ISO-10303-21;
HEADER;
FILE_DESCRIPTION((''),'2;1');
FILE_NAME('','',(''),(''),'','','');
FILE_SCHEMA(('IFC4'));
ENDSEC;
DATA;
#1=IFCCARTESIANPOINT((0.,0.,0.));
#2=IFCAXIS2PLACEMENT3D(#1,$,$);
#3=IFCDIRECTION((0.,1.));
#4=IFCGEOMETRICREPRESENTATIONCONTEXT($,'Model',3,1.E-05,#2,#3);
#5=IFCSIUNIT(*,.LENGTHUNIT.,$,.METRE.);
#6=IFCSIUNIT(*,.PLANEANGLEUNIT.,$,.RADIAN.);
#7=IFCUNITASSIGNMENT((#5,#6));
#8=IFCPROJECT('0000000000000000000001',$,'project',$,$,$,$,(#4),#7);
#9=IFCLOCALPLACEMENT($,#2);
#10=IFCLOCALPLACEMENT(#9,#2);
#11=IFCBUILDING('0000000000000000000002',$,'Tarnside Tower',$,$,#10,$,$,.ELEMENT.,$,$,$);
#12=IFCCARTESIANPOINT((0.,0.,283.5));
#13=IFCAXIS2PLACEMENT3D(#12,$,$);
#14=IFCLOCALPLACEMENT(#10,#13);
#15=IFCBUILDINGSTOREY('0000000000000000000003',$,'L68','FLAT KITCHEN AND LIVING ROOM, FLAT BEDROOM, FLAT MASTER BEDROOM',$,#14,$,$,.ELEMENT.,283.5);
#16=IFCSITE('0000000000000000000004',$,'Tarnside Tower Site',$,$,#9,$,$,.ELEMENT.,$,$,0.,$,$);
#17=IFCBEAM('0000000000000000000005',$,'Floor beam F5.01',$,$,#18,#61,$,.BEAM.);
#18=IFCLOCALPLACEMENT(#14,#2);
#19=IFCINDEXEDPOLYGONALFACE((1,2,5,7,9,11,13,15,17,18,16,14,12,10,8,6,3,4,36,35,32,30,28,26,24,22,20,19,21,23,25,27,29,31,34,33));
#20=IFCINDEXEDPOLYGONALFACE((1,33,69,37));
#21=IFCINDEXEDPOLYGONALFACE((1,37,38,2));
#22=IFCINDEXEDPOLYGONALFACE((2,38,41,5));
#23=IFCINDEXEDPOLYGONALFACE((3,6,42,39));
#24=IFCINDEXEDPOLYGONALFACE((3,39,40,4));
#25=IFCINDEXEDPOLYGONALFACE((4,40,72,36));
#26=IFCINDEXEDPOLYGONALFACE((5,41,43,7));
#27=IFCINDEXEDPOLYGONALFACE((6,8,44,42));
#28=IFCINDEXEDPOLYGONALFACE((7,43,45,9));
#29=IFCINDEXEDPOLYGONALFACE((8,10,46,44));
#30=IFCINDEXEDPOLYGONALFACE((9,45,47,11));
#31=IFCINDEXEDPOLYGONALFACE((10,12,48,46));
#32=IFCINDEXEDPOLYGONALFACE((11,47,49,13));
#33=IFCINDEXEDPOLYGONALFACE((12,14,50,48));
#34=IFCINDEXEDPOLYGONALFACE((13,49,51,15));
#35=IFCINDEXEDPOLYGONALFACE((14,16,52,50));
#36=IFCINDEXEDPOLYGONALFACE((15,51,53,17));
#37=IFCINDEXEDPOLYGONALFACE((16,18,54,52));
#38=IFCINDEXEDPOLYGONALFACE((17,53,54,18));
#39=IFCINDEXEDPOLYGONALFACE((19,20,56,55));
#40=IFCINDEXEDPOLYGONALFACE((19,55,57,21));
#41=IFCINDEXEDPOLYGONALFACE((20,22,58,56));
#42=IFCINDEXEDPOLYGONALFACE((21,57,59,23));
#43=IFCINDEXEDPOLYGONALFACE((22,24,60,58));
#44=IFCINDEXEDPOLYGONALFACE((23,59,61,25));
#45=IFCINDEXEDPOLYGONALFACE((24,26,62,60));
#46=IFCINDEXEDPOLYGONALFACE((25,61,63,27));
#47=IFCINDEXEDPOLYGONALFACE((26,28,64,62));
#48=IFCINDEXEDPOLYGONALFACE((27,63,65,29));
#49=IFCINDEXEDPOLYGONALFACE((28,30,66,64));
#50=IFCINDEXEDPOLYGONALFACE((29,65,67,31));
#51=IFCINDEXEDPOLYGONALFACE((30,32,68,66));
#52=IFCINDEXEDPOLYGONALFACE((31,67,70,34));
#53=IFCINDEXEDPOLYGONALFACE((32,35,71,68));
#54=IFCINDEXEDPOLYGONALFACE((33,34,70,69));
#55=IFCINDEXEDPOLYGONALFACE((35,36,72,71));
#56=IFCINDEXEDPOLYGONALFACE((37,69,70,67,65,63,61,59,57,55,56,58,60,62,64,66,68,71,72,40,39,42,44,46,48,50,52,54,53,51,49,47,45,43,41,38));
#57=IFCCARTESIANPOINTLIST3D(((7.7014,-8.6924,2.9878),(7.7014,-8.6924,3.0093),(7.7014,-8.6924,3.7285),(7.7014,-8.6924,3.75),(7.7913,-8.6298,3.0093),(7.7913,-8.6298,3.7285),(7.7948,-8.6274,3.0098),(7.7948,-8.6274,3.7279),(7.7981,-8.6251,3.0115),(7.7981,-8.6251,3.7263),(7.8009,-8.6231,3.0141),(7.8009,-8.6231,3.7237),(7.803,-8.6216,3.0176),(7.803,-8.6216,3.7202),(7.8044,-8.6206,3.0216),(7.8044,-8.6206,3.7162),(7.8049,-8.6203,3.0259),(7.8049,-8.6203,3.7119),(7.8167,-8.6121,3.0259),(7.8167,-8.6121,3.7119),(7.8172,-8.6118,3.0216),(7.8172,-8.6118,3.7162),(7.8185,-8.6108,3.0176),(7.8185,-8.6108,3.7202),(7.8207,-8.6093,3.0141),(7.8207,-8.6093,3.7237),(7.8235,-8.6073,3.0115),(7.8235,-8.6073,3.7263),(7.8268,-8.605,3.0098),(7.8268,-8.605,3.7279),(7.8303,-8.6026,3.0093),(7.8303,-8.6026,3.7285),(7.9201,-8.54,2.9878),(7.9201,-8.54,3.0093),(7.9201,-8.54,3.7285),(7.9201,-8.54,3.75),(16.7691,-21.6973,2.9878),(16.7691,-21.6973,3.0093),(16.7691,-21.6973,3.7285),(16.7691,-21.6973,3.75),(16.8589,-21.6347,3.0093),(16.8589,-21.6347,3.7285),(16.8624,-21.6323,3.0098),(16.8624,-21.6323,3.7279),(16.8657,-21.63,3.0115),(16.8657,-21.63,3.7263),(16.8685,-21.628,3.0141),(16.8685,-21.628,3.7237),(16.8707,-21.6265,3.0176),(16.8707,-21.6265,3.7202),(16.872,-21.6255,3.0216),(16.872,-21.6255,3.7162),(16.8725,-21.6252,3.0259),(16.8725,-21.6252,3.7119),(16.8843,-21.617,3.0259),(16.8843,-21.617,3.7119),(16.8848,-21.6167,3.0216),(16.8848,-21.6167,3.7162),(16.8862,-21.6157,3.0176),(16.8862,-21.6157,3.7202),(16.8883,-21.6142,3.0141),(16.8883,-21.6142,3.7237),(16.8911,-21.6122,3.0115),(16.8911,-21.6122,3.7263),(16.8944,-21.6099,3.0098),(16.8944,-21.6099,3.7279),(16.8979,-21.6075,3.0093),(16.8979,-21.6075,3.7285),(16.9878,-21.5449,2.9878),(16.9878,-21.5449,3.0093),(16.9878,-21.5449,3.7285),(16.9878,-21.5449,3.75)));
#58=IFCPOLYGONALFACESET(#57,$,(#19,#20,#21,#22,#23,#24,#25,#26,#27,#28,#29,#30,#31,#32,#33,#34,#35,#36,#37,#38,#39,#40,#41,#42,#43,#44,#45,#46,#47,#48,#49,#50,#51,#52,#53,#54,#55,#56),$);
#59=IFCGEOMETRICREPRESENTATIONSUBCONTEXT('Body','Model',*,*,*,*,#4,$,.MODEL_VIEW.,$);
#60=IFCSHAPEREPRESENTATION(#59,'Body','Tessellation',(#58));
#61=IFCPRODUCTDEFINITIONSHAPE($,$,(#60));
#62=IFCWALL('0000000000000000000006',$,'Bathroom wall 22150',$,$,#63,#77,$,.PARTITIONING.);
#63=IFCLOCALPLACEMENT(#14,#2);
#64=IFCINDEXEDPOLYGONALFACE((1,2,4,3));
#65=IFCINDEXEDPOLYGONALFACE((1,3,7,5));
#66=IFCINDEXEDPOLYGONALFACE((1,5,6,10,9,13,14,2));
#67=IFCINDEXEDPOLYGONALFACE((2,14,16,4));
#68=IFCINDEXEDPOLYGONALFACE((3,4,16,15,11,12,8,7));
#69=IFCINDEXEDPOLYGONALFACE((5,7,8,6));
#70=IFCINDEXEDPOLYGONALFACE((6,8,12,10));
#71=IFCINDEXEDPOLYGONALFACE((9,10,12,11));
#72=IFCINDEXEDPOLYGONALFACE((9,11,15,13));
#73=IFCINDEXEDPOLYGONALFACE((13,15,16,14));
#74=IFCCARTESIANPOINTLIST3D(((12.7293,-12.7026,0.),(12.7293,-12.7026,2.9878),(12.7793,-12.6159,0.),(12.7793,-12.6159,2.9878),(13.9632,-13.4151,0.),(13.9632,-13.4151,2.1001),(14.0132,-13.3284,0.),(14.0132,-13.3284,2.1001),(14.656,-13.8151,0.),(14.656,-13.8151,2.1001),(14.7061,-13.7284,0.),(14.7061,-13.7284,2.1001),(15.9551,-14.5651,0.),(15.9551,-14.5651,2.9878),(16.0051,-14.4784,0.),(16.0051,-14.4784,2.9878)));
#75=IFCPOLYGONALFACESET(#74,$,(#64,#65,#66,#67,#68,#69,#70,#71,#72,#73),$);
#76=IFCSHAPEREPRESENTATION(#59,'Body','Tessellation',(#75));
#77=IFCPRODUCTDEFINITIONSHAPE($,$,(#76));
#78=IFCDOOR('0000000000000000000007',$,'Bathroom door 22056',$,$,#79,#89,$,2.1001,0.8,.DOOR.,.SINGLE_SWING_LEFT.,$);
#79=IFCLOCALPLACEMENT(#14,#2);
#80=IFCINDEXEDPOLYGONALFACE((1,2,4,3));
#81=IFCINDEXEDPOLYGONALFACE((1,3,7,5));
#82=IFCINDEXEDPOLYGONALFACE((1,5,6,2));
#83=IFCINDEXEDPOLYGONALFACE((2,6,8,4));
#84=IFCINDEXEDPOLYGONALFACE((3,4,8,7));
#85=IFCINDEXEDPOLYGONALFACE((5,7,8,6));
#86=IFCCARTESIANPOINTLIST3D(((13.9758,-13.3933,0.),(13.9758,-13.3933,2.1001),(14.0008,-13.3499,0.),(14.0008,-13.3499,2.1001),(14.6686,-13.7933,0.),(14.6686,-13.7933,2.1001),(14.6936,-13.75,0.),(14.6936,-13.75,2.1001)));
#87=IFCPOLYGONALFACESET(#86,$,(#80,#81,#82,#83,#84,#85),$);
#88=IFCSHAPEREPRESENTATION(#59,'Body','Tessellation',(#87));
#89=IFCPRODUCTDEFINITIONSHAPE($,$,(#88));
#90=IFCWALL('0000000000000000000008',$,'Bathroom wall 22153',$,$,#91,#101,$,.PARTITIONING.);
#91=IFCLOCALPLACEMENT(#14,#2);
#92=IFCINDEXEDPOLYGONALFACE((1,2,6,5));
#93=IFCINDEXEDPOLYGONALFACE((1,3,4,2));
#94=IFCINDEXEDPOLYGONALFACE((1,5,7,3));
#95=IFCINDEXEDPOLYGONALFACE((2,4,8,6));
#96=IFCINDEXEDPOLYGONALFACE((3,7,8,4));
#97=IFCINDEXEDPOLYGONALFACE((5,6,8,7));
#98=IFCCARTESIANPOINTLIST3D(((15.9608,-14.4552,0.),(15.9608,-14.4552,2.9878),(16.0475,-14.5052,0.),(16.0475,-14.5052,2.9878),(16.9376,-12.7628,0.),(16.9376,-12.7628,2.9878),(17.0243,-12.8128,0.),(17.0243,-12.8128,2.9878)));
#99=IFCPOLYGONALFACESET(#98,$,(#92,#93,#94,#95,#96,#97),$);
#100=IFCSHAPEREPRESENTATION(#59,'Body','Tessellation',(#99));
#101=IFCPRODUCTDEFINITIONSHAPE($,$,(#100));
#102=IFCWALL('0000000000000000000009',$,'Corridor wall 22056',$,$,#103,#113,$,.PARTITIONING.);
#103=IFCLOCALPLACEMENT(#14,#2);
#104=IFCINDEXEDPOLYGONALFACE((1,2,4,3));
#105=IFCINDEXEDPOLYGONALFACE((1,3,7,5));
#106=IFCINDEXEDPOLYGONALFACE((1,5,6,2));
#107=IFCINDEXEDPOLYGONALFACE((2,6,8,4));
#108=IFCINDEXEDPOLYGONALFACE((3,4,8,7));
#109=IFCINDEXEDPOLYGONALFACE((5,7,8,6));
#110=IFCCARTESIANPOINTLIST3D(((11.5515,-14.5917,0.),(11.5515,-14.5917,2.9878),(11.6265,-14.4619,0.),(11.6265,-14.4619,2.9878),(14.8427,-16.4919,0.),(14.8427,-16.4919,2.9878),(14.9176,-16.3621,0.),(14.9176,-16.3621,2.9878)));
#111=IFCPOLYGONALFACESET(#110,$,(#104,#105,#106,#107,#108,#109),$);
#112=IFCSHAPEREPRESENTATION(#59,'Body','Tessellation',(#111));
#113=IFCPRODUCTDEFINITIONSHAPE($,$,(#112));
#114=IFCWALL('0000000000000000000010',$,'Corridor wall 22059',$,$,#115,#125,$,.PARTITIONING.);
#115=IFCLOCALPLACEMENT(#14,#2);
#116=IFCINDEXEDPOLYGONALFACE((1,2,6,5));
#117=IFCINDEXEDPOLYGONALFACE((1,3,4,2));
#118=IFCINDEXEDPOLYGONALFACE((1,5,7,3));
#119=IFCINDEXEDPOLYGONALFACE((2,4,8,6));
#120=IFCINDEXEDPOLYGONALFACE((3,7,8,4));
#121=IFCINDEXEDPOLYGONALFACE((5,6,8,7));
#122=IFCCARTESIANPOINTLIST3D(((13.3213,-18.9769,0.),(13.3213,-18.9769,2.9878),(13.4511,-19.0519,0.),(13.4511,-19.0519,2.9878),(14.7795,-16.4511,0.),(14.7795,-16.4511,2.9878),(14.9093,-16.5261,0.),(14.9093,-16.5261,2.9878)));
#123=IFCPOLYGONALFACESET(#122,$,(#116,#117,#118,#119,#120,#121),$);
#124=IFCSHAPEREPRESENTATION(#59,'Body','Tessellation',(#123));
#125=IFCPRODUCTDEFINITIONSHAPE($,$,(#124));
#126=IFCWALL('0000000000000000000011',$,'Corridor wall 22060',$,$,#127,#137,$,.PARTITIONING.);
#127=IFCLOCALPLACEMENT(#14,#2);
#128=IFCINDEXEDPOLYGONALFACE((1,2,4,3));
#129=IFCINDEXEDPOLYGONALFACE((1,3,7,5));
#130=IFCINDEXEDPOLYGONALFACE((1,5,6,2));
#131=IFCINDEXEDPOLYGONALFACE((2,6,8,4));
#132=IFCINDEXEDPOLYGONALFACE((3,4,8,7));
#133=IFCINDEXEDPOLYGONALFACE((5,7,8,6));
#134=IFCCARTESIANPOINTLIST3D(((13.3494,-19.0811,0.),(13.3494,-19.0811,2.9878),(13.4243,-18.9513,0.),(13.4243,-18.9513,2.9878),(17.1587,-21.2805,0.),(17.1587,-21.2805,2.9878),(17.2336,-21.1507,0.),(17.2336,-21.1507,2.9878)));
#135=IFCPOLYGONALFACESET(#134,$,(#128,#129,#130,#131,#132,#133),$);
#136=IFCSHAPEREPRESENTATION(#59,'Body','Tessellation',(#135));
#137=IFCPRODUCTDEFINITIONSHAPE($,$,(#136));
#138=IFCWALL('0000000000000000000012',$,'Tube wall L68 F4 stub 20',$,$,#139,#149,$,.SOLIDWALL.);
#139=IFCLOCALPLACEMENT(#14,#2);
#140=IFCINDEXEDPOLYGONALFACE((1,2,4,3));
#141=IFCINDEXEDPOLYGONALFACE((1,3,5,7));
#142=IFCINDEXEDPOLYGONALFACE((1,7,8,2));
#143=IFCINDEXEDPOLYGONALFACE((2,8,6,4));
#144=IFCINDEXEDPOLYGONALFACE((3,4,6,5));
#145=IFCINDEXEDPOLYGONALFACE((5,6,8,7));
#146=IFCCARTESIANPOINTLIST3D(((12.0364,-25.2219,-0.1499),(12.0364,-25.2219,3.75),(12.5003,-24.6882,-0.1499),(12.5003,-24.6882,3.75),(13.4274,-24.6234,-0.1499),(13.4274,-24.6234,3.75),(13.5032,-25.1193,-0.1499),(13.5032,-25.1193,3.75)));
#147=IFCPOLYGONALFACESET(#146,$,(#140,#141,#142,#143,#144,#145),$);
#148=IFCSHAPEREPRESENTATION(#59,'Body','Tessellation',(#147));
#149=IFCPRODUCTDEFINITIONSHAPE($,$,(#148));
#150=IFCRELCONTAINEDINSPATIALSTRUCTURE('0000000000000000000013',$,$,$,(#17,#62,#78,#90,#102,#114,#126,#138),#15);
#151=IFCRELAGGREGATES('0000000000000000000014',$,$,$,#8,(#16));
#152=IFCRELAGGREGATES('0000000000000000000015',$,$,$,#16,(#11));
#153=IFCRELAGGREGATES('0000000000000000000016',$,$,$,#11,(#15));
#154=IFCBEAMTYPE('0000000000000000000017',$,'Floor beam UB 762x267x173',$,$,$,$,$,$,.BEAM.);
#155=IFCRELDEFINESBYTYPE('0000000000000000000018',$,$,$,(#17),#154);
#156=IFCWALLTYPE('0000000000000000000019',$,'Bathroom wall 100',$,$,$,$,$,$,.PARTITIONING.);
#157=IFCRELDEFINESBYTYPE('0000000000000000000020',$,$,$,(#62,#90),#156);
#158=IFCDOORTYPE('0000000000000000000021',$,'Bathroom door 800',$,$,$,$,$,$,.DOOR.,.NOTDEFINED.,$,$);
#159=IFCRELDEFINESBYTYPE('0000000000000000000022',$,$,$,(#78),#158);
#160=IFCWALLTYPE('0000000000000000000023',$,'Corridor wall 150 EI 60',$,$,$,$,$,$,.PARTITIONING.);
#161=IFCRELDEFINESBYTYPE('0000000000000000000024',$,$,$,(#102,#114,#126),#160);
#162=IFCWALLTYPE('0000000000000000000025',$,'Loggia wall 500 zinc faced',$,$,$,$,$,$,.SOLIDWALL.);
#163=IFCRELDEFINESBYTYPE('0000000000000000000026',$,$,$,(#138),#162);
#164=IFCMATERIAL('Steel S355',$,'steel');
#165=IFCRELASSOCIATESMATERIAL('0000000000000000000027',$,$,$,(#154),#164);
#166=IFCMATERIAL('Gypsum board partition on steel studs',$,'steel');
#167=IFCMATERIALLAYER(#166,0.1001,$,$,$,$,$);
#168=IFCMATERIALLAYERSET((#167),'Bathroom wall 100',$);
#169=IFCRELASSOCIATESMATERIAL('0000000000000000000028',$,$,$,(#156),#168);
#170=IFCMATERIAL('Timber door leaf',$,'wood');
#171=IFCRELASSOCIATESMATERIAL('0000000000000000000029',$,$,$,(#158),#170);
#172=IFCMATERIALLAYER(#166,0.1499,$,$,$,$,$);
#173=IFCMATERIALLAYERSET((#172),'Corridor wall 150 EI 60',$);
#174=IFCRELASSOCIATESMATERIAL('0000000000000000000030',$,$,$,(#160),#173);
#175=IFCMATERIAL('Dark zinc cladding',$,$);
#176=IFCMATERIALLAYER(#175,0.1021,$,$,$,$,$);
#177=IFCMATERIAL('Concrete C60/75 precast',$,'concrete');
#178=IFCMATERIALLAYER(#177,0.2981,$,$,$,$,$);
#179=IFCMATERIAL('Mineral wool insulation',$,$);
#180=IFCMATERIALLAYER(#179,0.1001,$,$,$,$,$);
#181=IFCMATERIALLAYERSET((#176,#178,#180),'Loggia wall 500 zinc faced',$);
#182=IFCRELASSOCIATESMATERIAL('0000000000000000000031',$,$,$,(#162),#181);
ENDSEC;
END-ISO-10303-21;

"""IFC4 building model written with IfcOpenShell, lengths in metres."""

from ifc_helpers import new_model, si_unit, direction, frame, frame_2d, origin, origin_2d, place, context, subcontext, project, spatial, polyline, rectangle, i_section, outline, extrude, material, layer, layer_set, material_profile, profile_set, type_object, element, fill, save


model = new_model("IFC4")

# Units and contexts
model_context = context("Model", 3, precision=1e-05, world=origin(), true_north=direction((0.0, 1.0)))
body_context = subcontext(model_context, "Body", "Model", "MODEL_VIEW")
ifc_project = project(units=[si_unit("LENGTHUNIT", "METRE"), si_unit("PLANEANGLEUNIT", "RADIAN")], contexts=[model_context])

# Site, building, storey
site_placement = place(None, origin())
site = spatial("IfcSite", under=ifc_project, at=site_placement, Name="Tarnside Tower Site", CompositionType="ELEMENT", RefElevation=0.0)
building_placement = place(site_placement, origin())
building = spatial("IfcBuilding", under=site, at=building_placement, Name="Tarnside Tower", CompositionType="ELEMENT")
storey_placement = place(building_placement, frame((0.0, 0.0, 283.5)))
storey = spatial("IfcBuildingStorey", under=building, at=storey_placement, Name="L68", Description="FLAT KITCHEN AND LIVING ROOM, FLAT BEDROOM, FLAT MASTER BEDROOM", CompositionType="ELEMENT", Elevation=283.5)

# Beam
ifc_material_1 = material(Name="Steel S355", Category="steel")
ifc_material_profile_1 = material_profile(ifc_material_1, i_section(OverallWidth=0.2666, OverallDepth=0.7622, WebThickness=0.0144, FlangeThickness=0.0215, FilletRadius=0.0166, at=origin_2d()), Name="UB 762x267x173")
ifc_profile_set_1 = profile_set([ifc_material_profile_1], Name="Steel S355")
beam_type_1 = type_object("IfcBeamType", Name="Floor beam UB 762x267x173", PredefinedType="BEAM", material=ifc_profile_set_1)
beam_1_placement = place(storey_placement, frame((16.8784, -21.6211, 3.3689), z_axis=(-0.571946, 0.820291, 0.0), x_axis=(-0.820291, -0.571946, 0.0)))
element("IfcBeam", 1, at=beam_1_placement, inside=storey, type_object=beam_type_1, Name="Floor beam F5.01", PredefinedType="BEAM", context=body_context, shape_type="SweptSolid", body=[
    extrude(i_section(OverallWidth=0.2666, OverallDepth=0.7622, WebThickness=0.0144, FlangeThickness=0.0215, FilletRadius=0.0166, at=origin_2d()), origin(), (0.0, 0.0, 1.0), 15.854),
])

# Wall, opening, door
ifc_material_2 = material(Name="Gypsum board partition on steel studs", Category="steel")
ifc_layer_1 = layer(ifc_material_2, 0.1001)
ifc_layer_set_1 = layer_set([ifc_layer_1], Name="Bathroom wall 100")
wall_type_1 = type_object("IfcWallType", Name="Bathroom wall 100", PredefinedType="PARTITIONING", material=ifc_layer_set_1)
wall_1_placement = place(storey_placement, frame((15.98, -14.5217, 0.0), z_axis=(0.0, 0.0, 1.0), x_axis=(-0.866012, 0.500023, 0.0)))
wall_1 = element("IfcWall", 2, at=wall_1_placement, inside=storey, type_object=wall_type_1, Name="Bathroom wall 22150", PredefinedType="PARTITIONING", context=body_context, shape_type="SweptSolid", body=[
    extrude(rectangle(XDim=3.7249, YDim=0.1001, at=frame_2d((1.8623, 0.0))), origin(), (0.0, 0.0, 1.0), 2.9878),
])
opening_1_placement = place(wall_1_placement, frame((1.5, 0.0, 0.0)))
opening_1 = element("IfcOpeningElement", 3, at=opening_1_placement, cuts=wall_1, PredefinedType="OPENING", context=body_context, shape_type="SweptSolid", body=[
    extrude(rectangle(XDim=0.8, YDim=2.1001, at=frame_2d((0.3999, 1.05))), frame((0.0, 0.0601, 0.0), z_axis=(0.0, -1.0, 0.0), x_axis=(1.0, 0.0, 0.0)), (0.0, 0.0, 1.0), 0.1201),
])
ifc_material_3 = material(Name="Timber door leaf", Category="wood")
door_type_1 = type_object("IfcDoorType", Name="Bathroom door 800", OperationType="NOTDEFINED", PredefinedType="DOOR", material=ifc_material_3)
door_1_placement = place(opening_1_placement, origin())
door_1 = element("IfcDoor", 4, at=door_1_placement, inside=storey, type_object=door_type_1, Name="Bathroom door 22056", OperationType="SINGLE_SWING_LEFT", OverallHeight=2.1001, OverallWidth=0.8, PredefinedType="DOOR", context=body_context, shape_type="SweptSolid", body=[
    extrude(rectangle(XDim=0.8, YDim=2.1001, at=frame_2d((0.3999, 1.05))), frame((0.0, 0.0249, 0.0), z_axis=(0.0, -1.0, 0.0), x_axis=(1.0, 0.0, 0.0)), (0.0, 0.0, 1.0), 0.05),
])
fill(opening_1, door_1)

# Walls
wall_2_placement = place(storey_placement, frame((16.0042, -14.4802, 0.0), z_axis=(0.0, 0.0, 1.0), x_axis=(0.499888, 0.86609, 0.0)))
element("IfcWall", 5, at=wall_2_placement, inside=storey, type_object=wall_type_1, Name="Bathroom wall 22153", PredefinedType="PARTITIONING", context=body_context, shape_type="SweptSolid", body=[
    extrude(rectangle(XDim=1.9541, YDim=0.1001, at=frame_2d((0.9771, 0.0))), origin(), (0.0, 0.0, 1.0), 2.9878),
])
ifc_layer_2 = layer(ifc_material_2, 0.1499)
ifc_layer_set_2 = layer_set([ifc_layer_2], Name="Corridor wall 150 EI 60")
wall_type_2 = type_object("IfcWallType", Name="Corridor wall 150 EI 60", PredefinedType="PARTITIONING", material=ifc_layer_set_2)
wall_3_placement = place(storey_placement, frame((14.8801, -16.427, 0.0), z_axis=(0.0, 0.0, 1.0), x_axis=(-0.866017, 0.500015, 0.0)))
element("IfcWall", 6, at=wall_3_placement, inside=storey, type_object=wall_type_2, Name="Corridor wall 22056", PredefinedType="PARTITIONING", context=body_context, shape_type="SweptSolid", body=[
    extrude(rectangle(XDim=3.8003, YDim=0.1499, at=frame_2d((1.9001, 0.0))), origin(), (0.0, 0.0, 1.0), 2.9878),
])
wall_4_placement = place(storey_placement, frame((13.3862, -19.0144, 0.0), z_axis=(0.0, 0.0, 1.0), x_axis=(0.499983, 0.866035, 0.0)))
element("IfcWall", 7, at=wall_4_placement, inside=storey, type_object=wall_type_2, Name="Corridor wall 22059", PredefinedType="PARTITIONING", context=body_context, shape_type="SweptSolid", body=[
    extrude(rectangle(XDim=2.9165, YDim=0.1499, at=frame_2d((1.4583, 0.0))), origin(), (0.0, 0.0, 1.0), 2.9878),
])
wall_5_placement = place(storey_placement, frame((17.196, -21.2156, 0.0), z_axis=(0.0, 0.0, 1.0), x_axis=(-0.866011, 0.500025, 0.0)))
element("IfcWall", 8, at=wall_5_placement, inside=storey, type_object=wall_type_2, Name="Corridor wall 22060", PredefinedType="PARTITIONING", context=body_context, shape_type="SweptSolid", body=[
    extrude(rectangle(XDim=4.3987, YDim=0.1499, at=frame_2d((2.1992, 0.0))), origin(), (0.0, 0.0, 1.0), 2.9878),
])
ifc_material_4 = material(Name="Dark zinc cladding")
ifc_layer_3 = layer(ifc_material_4, 0.1021)
ifc_material_5 = material(Name="Concrete C60/75 precast", Category="concrete")
ifc_layer_4 = layer(ifc_material_5, 0.2981)
ifc_material_6 = material(Name="Mineral wool insulation")
ifc_layer_5 = layer(ifc_material_6, 0.1001)
ifc_layer_set_3 = layer_set([ifc_layer_3, ifc_layer_4, ifc_layer_5], Name="Loggia wall 500 zinc faced")
wall_type_3 = type_object("IfcWallType", Name="Loggia wall 500 zinc faced", PredefinedType="SOLIDWALL", material=ifc_layer_set_3)
wall_6_placement = place(storey_placement, frame((12.2683, -24.9551, -0.1499), z_axis=(0.0, 0.0, 1.0), x_axis=(0.997562, 0.069787, 0.0)))
element("IfcWall", 9, at=wall_6_placement, inside=storey, type_object=wall_type_3, Name="Tube wall L68 F4 stub 20", PredefinedType="SOLIDWALL", context=body_context, shape_type="SweptSolid", body=[
    extrude(outline(polyline([(-0.25, -0.25), (1.2205, -0.25), (1.1794, 0.25), (0.25, 0.25), (-0.25, -0.25)])), origin(), (0.0, 0.0, 1.0), 3.8999),
])

save(model, "model.ifc")
